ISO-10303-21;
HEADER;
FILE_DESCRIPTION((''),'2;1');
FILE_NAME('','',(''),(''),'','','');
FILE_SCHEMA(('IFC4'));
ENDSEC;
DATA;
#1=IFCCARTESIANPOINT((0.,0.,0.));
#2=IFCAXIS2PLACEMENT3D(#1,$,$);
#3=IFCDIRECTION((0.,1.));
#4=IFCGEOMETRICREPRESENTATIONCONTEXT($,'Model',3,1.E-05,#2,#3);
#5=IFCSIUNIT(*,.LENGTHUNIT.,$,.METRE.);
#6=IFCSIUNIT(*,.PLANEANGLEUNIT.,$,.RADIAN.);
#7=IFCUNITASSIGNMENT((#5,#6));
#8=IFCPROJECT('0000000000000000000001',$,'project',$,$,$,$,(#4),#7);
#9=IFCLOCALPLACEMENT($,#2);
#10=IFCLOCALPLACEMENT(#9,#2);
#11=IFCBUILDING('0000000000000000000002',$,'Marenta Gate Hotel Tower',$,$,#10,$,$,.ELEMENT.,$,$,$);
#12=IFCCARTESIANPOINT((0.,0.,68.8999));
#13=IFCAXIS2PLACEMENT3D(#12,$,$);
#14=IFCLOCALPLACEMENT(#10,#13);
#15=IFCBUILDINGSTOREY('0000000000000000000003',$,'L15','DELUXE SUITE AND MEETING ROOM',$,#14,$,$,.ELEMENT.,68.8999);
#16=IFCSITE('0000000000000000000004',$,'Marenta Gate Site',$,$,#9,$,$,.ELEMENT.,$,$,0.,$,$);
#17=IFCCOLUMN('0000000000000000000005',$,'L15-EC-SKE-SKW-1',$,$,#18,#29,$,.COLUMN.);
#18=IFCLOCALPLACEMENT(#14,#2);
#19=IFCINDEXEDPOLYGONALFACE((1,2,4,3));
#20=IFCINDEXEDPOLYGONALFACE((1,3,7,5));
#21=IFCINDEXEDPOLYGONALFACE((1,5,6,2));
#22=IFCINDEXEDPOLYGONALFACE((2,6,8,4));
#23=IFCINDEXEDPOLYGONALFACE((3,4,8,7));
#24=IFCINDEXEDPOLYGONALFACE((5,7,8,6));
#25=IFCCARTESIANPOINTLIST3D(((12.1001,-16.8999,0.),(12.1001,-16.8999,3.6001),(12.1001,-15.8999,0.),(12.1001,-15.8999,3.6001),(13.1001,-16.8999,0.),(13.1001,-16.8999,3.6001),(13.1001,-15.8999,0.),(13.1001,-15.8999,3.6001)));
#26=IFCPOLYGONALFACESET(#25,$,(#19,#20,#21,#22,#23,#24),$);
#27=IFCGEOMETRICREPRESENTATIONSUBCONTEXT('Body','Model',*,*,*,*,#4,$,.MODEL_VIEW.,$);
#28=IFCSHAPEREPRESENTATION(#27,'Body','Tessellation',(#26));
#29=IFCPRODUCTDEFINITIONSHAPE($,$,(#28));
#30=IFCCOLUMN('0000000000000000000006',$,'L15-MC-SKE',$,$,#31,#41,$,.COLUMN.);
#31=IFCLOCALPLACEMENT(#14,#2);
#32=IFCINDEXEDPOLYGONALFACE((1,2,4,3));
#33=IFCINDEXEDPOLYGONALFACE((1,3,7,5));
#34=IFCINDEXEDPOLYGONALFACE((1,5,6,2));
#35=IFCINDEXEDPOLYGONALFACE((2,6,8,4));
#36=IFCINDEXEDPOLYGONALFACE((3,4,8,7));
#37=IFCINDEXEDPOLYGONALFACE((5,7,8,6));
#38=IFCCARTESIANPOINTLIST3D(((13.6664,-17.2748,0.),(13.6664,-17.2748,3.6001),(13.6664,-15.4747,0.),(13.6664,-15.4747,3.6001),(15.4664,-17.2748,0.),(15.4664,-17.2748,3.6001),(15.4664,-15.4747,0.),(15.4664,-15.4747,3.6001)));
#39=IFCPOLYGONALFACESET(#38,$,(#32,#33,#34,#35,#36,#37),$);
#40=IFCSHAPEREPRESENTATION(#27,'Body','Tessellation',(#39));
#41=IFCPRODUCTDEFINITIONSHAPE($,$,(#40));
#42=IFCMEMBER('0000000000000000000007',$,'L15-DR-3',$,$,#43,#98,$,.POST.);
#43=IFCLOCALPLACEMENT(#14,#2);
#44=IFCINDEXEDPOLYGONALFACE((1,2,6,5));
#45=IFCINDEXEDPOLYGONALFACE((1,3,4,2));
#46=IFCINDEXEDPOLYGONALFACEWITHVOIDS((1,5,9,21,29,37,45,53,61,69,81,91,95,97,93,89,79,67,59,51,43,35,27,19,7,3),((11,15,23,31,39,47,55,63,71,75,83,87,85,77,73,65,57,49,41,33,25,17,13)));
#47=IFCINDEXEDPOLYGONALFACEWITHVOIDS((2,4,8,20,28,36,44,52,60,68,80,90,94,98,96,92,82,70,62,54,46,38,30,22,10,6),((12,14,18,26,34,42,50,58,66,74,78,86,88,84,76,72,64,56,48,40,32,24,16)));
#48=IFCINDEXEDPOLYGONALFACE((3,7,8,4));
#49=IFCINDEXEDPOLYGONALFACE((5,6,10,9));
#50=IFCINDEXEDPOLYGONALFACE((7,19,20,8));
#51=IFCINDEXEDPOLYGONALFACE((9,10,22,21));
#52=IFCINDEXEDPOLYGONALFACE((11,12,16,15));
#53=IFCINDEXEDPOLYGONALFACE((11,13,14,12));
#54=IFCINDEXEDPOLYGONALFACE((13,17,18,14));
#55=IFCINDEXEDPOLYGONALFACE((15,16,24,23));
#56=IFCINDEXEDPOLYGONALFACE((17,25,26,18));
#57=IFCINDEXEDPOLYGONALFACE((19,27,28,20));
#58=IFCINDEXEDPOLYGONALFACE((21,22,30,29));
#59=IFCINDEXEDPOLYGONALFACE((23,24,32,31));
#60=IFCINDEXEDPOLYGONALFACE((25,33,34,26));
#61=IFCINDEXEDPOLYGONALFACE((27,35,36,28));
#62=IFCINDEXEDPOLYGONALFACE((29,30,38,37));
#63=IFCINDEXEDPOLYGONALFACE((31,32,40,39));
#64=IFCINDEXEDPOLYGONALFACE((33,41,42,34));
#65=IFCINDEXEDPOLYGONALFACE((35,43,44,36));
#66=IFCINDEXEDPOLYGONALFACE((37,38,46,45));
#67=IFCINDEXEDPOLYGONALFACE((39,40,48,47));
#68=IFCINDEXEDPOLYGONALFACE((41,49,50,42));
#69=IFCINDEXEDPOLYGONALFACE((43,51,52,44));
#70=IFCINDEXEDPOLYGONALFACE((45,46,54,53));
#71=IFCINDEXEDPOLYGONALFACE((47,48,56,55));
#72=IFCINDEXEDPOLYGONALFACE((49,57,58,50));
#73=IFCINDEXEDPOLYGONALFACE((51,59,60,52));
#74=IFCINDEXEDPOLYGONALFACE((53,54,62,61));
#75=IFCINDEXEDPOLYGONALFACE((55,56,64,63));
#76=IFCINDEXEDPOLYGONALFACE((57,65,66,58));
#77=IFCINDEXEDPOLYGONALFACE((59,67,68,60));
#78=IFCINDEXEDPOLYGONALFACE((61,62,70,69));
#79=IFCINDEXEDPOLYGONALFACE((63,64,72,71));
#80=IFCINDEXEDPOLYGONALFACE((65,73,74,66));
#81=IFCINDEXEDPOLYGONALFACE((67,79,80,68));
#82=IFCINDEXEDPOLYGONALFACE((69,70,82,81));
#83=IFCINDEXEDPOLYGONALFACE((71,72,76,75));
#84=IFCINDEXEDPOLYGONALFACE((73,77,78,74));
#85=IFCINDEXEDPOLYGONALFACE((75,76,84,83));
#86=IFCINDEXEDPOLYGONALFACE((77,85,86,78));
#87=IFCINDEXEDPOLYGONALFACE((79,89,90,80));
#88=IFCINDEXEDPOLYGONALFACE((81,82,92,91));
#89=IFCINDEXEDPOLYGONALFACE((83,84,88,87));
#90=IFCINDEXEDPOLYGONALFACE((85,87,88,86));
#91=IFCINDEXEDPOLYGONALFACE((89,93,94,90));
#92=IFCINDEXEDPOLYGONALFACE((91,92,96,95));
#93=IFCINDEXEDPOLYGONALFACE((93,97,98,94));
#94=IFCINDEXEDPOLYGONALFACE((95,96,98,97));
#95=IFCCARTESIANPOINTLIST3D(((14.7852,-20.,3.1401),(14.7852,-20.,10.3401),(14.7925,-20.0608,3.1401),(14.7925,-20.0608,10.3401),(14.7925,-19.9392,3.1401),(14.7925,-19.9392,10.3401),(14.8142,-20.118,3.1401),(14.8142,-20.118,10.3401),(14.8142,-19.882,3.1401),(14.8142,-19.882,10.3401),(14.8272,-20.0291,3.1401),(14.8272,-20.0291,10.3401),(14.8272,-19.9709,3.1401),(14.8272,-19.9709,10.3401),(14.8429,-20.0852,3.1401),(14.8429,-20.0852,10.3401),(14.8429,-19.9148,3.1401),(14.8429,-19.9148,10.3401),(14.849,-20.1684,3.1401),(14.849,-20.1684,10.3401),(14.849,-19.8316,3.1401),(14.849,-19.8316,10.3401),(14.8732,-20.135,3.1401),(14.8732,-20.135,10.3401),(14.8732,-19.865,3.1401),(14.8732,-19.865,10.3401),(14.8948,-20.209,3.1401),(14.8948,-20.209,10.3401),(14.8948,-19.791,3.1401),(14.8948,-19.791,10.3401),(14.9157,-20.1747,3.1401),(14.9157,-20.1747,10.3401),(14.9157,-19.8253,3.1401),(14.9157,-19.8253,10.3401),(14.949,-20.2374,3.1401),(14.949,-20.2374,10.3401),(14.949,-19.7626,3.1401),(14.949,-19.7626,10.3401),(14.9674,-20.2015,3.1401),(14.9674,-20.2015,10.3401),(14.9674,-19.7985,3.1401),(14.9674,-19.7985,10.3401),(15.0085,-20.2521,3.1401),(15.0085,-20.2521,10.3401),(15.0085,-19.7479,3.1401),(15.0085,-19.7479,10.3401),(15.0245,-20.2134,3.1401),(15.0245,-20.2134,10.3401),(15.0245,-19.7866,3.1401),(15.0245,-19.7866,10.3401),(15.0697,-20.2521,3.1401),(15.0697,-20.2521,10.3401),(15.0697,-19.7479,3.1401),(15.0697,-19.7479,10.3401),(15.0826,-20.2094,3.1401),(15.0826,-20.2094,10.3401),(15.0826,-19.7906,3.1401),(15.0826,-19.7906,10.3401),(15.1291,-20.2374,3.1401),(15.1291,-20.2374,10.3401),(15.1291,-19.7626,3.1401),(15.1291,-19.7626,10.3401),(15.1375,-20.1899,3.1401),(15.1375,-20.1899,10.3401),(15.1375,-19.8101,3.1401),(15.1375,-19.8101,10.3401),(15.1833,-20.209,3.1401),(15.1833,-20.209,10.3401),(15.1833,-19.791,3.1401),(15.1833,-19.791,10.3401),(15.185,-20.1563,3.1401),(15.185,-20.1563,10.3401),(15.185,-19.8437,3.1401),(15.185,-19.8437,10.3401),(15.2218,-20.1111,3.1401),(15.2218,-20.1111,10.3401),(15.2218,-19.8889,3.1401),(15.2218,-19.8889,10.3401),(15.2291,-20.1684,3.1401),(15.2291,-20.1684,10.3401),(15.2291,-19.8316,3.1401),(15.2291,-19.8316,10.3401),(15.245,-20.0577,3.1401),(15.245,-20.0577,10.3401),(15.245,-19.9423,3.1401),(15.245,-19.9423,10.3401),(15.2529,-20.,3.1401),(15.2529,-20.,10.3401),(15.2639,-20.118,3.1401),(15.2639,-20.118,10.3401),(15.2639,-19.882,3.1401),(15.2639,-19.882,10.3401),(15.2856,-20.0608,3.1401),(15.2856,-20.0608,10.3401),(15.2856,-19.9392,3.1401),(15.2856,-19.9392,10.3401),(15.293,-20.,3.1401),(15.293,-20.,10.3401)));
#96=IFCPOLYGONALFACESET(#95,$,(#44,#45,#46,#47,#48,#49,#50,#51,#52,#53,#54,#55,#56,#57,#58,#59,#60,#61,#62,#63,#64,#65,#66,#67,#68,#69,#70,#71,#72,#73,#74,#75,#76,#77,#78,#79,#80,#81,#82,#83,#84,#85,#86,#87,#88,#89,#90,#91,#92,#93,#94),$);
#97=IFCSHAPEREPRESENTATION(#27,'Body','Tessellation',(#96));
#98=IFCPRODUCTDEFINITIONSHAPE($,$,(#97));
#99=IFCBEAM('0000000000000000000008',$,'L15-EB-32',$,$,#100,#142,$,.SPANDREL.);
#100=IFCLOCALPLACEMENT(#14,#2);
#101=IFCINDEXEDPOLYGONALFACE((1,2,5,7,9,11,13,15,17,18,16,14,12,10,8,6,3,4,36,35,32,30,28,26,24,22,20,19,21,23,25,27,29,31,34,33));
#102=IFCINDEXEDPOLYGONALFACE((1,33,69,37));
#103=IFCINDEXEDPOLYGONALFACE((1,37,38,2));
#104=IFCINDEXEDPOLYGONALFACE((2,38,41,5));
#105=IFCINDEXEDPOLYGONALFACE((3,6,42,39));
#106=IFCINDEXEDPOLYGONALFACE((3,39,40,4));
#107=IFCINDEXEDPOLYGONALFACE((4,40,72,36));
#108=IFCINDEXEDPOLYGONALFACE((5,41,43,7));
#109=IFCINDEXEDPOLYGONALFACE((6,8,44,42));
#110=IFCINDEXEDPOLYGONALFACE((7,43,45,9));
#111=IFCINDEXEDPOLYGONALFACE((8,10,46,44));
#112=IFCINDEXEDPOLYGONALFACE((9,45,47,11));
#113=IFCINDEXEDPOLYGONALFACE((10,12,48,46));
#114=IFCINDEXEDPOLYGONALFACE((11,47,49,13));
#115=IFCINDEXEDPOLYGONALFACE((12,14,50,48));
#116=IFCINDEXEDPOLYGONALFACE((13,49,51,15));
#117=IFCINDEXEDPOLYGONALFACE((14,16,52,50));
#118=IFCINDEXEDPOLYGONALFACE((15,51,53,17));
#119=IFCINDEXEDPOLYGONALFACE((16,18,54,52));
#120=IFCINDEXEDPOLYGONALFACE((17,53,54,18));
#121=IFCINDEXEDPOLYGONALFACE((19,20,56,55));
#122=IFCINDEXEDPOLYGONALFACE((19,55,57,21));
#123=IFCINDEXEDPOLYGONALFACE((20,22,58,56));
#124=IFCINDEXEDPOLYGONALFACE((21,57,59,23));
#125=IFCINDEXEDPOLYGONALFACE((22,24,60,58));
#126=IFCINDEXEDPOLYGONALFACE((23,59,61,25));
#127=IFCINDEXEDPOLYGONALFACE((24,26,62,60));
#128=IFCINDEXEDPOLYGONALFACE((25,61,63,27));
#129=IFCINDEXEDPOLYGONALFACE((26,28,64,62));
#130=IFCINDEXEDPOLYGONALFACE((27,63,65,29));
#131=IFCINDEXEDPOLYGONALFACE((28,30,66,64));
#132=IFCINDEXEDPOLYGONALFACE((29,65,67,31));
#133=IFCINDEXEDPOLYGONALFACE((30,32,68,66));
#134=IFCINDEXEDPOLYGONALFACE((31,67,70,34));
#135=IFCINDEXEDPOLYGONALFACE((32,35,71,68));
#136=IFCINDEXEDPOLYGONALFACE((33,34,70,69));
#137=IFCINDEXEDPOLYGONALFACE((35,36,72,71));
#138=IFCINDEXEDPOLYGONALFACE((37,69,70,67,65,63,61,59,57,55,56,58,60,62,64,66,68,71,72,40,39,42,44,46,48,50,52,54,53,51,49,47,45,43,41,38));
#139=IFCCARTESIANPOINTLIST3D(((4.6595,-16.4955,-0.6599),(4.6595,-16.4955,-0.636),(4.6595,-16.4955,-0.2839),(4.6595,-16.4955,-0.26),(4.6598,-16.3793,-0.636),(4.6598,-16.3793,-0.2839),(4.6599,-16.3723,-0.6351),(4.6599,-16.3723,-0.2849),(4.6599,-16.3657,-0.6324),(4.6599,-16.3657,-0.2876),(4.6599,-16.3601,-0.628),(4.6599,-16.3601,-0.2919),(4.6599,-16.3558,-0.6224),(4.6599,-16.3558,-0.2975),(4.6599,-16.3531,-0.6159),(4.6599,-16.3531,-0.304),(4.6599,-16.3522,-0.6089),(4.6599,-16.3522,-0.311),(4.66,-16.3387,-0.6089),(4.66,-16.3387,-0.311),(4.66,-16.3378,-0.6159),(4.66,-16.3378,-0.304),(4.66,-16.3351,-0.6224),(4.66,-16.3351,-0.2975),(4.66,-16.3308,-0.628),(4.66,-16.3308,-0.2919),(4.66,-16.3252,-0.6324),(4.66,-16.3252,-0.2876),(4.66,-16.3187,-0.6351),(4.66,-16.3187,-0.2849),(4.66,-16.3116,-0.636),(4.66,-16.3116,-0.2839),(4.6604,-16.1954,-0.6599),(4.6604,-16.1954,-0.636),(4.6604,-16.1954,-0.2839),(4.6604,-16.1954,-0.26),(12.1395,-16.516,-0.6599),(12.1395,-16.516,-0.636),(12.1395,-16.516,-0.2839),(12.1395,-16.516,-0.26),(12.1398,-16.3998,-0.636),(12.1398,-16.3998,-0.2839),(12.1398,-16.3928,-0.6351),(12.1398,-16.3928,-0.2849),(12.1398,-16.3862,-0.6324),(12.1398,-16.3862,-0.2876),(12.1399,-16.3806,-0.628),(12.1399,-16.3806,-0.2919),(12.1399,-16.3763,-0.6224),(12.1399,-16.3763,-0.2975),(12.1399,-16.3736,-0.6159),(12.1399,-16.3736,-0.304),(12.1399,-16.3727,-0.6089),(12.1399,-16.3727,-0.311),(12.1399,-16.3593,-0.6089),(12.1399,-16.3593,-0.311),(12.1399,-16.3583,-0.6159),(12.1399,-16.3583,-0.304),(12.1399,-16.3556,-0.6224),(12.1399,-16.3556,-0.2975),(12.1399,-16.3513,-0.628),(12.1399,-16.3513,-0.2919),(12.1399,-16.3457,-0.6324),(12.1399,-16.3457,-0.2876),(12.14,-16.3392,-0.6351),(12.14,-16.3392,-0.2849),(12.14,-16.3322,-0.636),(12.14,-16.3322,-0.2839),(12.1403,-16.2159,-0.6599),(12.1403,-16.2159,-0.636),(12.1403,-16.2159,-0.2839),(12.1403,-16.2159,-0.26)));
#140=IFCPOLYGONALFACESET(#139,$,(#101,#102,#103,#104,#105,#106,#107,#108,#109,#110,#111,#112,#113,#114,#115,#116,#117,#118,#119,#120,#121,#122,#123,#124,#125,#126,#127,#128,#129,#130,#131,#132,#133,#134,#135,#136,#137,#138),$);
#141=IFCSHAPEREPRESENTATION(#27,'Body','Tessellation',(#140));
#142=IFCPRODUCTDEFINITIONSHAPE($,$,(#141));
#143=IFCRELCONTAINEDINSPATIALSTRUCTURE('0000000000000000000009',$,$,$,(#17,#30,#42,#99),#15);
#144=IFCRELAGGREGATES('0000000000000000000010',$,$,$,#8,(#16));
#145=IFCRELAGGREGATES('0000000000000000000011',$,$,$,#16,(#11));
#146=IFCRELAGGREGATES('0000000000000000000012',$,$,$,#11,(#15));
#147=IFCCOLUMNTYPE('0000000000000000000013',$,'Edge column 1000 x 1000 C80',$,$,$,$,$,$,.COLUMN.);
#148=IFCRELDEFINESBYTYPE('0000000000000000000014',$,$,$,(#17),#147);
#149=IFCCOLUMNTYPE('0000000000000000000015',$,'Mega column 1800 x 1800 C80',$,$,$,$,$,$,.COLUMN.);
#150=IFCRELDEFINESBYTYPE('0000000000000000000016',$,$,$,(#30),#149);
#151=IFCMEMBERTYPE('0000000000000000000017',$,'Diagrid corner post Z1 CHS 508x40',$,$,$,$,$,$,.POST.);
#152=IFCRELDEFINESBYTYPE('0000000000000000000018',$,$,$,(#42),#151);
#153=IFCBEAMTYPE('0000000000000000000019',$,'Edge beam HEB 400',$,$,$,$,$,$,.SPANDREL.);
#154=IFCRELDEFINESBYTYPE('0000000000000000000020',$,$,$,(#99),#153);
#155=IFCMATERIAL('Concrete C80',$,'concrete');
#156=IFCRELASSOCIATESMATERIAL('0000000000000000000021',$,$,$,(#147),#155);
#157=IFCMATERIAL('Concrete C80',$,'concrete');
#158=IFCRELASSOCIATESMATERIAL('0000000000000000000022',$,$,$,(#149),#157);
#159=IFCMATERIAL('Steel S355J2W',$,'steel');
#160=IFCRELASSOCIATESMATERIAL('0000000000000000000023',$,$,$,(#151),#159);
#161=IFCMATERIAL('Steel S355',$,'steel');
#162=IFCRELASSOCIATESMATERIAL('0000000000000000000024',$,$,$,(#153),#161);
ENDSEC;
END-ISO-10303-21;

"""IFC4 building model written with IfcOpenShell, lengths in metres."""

from ifc_helpers import new_model, si_unit, direction, frame, origin, origin_2d, place, context, subcontext, project, spatial, rectangle, hollow_circle, i_section, extrude, material, material_profile, profile_set, type_object, element, save


model = new_model("IFC4")

# Units and contexts
model_context = context("Model", 3, precision=1e-05, world=origin(), true_north=direction((0.0, 1.0)))
body_context = subcontext(model_context, "Body", "Model", "MODEL_VIEW")
ifc_project = project(units=[si_unit("LENGTHUNIT", "METRE"), si_unit("PLANEANGLEUNIT", "RADIAN")], contexts=[model_context])

# Site, building, storey
site_placement = place(None, origin())
site = spatial("IfcSite", under=ifc_project, at=site_placement, Name="Marenta Gate Site", CompositionType="ELEMENT", RefElevation=0.0)
building_placement = place(site_placement, origin())
building = spatial("IfcBuilding", under=site, at=building_placement, Name="Marenta Gate Hotel Tower", CompositionType="ELEMENT")
storey_placement = place(building_placement, frame((0.0, 0.0, 68.8999)))
storey = spatial("IfcBuildingStorey", under=building, at=storey_placement, Name="L15", Description="DELUXE SUITE AND MEETING ROOM", CompositionType="ELEMENT", Elevation=68.8999)

# Columns
ifc_material_1 = material(Name="Concrete C80", Category="concrete")
ifc_material_profile_1 = material_profile(ifc_material_1, rectangle(XDim=1.0, YDim=1.0, at=origin_2d()), Name="1000 x 1000")
ifc_profile_set_1 = profile_set([ifc_material_profile_1], Name="Concrete C80")
column_type_1 = type_object("IfcColumnType", Name="Edge column 1000 x 1000 C80", PredefinedType="COLUMN", material=ifc_profile_set_1)
column_1_placement = place(storey_placement, frame((12.6001, -16.3999, 0.0), z_axis=(0.0, 0.0, 1.0), x_axis=(1.0, 0.0, 0.0)))
element("IfcColumn", 1, at=column_1_placement, inside=storey, type_object=column_type_1, Name="L15-EC-SKE-SKW-1", PredefinedType="COLUMN", context=body_context, shape_type="SweptSolid", body=[
    extrude(rectangle(XDim=1.0, YDim=1.0, at=origin_2d()), origin(), (0.0, 0.0, 1.0), 3.6001),
])
ifc_material_2 = material(Name="Concrete C80", Category="concrete")
ifc_material_profile_2 = material_profile(ifc_material_2, rectangle(XDim=1.8, YDim=1.8, at=origin_2d()), Name="1800 x 1800")
ifc_profile_set_2 = profile_set([ifc_material_profile_2], Name="Concrete C80")
column_type_2 = type_object("IfcColumnType", Name="Mega column 1800 x 1800 C80", PredefinedType="COLUMN", material=ifc_profile_set_2)
column_2_placement = place(storey_placement, frame((14.5664, -16.3748, 0.0), z_axis=(0.0, 0.0, 1.0), x_axis=(1.0, 0.0, 0.0)))
element("IfcColumn", 2, at=column_2_placement, inside=storey, type_object=column_type_2, Name="L15-MC-SKE", PredefinedType="COLUMN", context=body_context, shape_type="SweptSolid", body=[
    extrude(rectangle(XDim=1.8, YDim=1.8, at=origin_2d()), origin(), (0.0, 0.0, 1.0), 3.6001),
])

# Member
ifc_material_3 = material(Name="Steel S355J2W", Category="steel")
ifc_material_profile_3 = material_profile(ifc_material_3, hollow_circle(Radius=0.2539, WallThickness=0.04, at=origin_2d()), Name="CHS 508x40")
ifc_profile_set_3 = profile_set([ifc_material_profile_3], Name="Steel S355J2W")
member_type_1 = type_object("IfcMemberType", Name="Diagrid corner post Z1 CHS 508x40", PredefinedType="POST", material=ifc_profile_set_3)
member_1_placement = place(storey_placement, frame((15.0391, -20.0, 3.1401), z_axis=(0.0, 0.0, 1.0), x_axis=(1.0, 0.0, 0.0)))
element("IfcMember", 3, at=member_1_placement, inside=storey, type_object=member_type_1, Name="L15-DR-3", PredefinedType="POST", context=body_context, shape_type="SweptSolid", body=[
    extrude(hollow_circle(Radius=0.2539, WallThickness=0.04, at=origin_2d()), origin(), (0.0, 0.0, 1.0), 7.2),
])

# Beam
ifc_material_4 = material(Name="Steel S355", Category="steel")
ifc_material_profile_4 = material_profile(ifc_material_4, i_section(OverallWidth=0.3, OverallDepth=0.3999, WebThickness=0.0134, FlangeThickness=0.0239, FilletRadius=0.0271, at=origin_2d()), Name="HEB 400")
ifc_profile_set_4 = profile_set([ifc_material_profile_4], Name="Steel S355")
beam_type = type_object("IfcBeamType", Name="Edge beam HEB 400", PredefinedType="SPANDREL", material=ifc_profile_set_4)
beam_placement = place(storey_placement, frame((12.1399, -16.366, -0.46), z_axis=(-0.999996, 0.002742, 0.0), x_axis=(-0.002742, -0.999996, 0.0)))
element("IfcBeam", 4, at=beam_placement, inside=storey, type_object=beam_type, Name="L15-EB-32", PredefinedType="SPANDREL", context=body_context, shape_type="SweptSolid", body=[
    extrude(i_section(OverallWidth=0.3, OverallDepth=0.3999, WebThickness=0.0134, FlangeThickness=0.0239, FilletRadius=0.0271, at=origin_2d()), origin(), (0.0, 0.0, 1.0), 7.48),
])

save(model, "model.ifc")
